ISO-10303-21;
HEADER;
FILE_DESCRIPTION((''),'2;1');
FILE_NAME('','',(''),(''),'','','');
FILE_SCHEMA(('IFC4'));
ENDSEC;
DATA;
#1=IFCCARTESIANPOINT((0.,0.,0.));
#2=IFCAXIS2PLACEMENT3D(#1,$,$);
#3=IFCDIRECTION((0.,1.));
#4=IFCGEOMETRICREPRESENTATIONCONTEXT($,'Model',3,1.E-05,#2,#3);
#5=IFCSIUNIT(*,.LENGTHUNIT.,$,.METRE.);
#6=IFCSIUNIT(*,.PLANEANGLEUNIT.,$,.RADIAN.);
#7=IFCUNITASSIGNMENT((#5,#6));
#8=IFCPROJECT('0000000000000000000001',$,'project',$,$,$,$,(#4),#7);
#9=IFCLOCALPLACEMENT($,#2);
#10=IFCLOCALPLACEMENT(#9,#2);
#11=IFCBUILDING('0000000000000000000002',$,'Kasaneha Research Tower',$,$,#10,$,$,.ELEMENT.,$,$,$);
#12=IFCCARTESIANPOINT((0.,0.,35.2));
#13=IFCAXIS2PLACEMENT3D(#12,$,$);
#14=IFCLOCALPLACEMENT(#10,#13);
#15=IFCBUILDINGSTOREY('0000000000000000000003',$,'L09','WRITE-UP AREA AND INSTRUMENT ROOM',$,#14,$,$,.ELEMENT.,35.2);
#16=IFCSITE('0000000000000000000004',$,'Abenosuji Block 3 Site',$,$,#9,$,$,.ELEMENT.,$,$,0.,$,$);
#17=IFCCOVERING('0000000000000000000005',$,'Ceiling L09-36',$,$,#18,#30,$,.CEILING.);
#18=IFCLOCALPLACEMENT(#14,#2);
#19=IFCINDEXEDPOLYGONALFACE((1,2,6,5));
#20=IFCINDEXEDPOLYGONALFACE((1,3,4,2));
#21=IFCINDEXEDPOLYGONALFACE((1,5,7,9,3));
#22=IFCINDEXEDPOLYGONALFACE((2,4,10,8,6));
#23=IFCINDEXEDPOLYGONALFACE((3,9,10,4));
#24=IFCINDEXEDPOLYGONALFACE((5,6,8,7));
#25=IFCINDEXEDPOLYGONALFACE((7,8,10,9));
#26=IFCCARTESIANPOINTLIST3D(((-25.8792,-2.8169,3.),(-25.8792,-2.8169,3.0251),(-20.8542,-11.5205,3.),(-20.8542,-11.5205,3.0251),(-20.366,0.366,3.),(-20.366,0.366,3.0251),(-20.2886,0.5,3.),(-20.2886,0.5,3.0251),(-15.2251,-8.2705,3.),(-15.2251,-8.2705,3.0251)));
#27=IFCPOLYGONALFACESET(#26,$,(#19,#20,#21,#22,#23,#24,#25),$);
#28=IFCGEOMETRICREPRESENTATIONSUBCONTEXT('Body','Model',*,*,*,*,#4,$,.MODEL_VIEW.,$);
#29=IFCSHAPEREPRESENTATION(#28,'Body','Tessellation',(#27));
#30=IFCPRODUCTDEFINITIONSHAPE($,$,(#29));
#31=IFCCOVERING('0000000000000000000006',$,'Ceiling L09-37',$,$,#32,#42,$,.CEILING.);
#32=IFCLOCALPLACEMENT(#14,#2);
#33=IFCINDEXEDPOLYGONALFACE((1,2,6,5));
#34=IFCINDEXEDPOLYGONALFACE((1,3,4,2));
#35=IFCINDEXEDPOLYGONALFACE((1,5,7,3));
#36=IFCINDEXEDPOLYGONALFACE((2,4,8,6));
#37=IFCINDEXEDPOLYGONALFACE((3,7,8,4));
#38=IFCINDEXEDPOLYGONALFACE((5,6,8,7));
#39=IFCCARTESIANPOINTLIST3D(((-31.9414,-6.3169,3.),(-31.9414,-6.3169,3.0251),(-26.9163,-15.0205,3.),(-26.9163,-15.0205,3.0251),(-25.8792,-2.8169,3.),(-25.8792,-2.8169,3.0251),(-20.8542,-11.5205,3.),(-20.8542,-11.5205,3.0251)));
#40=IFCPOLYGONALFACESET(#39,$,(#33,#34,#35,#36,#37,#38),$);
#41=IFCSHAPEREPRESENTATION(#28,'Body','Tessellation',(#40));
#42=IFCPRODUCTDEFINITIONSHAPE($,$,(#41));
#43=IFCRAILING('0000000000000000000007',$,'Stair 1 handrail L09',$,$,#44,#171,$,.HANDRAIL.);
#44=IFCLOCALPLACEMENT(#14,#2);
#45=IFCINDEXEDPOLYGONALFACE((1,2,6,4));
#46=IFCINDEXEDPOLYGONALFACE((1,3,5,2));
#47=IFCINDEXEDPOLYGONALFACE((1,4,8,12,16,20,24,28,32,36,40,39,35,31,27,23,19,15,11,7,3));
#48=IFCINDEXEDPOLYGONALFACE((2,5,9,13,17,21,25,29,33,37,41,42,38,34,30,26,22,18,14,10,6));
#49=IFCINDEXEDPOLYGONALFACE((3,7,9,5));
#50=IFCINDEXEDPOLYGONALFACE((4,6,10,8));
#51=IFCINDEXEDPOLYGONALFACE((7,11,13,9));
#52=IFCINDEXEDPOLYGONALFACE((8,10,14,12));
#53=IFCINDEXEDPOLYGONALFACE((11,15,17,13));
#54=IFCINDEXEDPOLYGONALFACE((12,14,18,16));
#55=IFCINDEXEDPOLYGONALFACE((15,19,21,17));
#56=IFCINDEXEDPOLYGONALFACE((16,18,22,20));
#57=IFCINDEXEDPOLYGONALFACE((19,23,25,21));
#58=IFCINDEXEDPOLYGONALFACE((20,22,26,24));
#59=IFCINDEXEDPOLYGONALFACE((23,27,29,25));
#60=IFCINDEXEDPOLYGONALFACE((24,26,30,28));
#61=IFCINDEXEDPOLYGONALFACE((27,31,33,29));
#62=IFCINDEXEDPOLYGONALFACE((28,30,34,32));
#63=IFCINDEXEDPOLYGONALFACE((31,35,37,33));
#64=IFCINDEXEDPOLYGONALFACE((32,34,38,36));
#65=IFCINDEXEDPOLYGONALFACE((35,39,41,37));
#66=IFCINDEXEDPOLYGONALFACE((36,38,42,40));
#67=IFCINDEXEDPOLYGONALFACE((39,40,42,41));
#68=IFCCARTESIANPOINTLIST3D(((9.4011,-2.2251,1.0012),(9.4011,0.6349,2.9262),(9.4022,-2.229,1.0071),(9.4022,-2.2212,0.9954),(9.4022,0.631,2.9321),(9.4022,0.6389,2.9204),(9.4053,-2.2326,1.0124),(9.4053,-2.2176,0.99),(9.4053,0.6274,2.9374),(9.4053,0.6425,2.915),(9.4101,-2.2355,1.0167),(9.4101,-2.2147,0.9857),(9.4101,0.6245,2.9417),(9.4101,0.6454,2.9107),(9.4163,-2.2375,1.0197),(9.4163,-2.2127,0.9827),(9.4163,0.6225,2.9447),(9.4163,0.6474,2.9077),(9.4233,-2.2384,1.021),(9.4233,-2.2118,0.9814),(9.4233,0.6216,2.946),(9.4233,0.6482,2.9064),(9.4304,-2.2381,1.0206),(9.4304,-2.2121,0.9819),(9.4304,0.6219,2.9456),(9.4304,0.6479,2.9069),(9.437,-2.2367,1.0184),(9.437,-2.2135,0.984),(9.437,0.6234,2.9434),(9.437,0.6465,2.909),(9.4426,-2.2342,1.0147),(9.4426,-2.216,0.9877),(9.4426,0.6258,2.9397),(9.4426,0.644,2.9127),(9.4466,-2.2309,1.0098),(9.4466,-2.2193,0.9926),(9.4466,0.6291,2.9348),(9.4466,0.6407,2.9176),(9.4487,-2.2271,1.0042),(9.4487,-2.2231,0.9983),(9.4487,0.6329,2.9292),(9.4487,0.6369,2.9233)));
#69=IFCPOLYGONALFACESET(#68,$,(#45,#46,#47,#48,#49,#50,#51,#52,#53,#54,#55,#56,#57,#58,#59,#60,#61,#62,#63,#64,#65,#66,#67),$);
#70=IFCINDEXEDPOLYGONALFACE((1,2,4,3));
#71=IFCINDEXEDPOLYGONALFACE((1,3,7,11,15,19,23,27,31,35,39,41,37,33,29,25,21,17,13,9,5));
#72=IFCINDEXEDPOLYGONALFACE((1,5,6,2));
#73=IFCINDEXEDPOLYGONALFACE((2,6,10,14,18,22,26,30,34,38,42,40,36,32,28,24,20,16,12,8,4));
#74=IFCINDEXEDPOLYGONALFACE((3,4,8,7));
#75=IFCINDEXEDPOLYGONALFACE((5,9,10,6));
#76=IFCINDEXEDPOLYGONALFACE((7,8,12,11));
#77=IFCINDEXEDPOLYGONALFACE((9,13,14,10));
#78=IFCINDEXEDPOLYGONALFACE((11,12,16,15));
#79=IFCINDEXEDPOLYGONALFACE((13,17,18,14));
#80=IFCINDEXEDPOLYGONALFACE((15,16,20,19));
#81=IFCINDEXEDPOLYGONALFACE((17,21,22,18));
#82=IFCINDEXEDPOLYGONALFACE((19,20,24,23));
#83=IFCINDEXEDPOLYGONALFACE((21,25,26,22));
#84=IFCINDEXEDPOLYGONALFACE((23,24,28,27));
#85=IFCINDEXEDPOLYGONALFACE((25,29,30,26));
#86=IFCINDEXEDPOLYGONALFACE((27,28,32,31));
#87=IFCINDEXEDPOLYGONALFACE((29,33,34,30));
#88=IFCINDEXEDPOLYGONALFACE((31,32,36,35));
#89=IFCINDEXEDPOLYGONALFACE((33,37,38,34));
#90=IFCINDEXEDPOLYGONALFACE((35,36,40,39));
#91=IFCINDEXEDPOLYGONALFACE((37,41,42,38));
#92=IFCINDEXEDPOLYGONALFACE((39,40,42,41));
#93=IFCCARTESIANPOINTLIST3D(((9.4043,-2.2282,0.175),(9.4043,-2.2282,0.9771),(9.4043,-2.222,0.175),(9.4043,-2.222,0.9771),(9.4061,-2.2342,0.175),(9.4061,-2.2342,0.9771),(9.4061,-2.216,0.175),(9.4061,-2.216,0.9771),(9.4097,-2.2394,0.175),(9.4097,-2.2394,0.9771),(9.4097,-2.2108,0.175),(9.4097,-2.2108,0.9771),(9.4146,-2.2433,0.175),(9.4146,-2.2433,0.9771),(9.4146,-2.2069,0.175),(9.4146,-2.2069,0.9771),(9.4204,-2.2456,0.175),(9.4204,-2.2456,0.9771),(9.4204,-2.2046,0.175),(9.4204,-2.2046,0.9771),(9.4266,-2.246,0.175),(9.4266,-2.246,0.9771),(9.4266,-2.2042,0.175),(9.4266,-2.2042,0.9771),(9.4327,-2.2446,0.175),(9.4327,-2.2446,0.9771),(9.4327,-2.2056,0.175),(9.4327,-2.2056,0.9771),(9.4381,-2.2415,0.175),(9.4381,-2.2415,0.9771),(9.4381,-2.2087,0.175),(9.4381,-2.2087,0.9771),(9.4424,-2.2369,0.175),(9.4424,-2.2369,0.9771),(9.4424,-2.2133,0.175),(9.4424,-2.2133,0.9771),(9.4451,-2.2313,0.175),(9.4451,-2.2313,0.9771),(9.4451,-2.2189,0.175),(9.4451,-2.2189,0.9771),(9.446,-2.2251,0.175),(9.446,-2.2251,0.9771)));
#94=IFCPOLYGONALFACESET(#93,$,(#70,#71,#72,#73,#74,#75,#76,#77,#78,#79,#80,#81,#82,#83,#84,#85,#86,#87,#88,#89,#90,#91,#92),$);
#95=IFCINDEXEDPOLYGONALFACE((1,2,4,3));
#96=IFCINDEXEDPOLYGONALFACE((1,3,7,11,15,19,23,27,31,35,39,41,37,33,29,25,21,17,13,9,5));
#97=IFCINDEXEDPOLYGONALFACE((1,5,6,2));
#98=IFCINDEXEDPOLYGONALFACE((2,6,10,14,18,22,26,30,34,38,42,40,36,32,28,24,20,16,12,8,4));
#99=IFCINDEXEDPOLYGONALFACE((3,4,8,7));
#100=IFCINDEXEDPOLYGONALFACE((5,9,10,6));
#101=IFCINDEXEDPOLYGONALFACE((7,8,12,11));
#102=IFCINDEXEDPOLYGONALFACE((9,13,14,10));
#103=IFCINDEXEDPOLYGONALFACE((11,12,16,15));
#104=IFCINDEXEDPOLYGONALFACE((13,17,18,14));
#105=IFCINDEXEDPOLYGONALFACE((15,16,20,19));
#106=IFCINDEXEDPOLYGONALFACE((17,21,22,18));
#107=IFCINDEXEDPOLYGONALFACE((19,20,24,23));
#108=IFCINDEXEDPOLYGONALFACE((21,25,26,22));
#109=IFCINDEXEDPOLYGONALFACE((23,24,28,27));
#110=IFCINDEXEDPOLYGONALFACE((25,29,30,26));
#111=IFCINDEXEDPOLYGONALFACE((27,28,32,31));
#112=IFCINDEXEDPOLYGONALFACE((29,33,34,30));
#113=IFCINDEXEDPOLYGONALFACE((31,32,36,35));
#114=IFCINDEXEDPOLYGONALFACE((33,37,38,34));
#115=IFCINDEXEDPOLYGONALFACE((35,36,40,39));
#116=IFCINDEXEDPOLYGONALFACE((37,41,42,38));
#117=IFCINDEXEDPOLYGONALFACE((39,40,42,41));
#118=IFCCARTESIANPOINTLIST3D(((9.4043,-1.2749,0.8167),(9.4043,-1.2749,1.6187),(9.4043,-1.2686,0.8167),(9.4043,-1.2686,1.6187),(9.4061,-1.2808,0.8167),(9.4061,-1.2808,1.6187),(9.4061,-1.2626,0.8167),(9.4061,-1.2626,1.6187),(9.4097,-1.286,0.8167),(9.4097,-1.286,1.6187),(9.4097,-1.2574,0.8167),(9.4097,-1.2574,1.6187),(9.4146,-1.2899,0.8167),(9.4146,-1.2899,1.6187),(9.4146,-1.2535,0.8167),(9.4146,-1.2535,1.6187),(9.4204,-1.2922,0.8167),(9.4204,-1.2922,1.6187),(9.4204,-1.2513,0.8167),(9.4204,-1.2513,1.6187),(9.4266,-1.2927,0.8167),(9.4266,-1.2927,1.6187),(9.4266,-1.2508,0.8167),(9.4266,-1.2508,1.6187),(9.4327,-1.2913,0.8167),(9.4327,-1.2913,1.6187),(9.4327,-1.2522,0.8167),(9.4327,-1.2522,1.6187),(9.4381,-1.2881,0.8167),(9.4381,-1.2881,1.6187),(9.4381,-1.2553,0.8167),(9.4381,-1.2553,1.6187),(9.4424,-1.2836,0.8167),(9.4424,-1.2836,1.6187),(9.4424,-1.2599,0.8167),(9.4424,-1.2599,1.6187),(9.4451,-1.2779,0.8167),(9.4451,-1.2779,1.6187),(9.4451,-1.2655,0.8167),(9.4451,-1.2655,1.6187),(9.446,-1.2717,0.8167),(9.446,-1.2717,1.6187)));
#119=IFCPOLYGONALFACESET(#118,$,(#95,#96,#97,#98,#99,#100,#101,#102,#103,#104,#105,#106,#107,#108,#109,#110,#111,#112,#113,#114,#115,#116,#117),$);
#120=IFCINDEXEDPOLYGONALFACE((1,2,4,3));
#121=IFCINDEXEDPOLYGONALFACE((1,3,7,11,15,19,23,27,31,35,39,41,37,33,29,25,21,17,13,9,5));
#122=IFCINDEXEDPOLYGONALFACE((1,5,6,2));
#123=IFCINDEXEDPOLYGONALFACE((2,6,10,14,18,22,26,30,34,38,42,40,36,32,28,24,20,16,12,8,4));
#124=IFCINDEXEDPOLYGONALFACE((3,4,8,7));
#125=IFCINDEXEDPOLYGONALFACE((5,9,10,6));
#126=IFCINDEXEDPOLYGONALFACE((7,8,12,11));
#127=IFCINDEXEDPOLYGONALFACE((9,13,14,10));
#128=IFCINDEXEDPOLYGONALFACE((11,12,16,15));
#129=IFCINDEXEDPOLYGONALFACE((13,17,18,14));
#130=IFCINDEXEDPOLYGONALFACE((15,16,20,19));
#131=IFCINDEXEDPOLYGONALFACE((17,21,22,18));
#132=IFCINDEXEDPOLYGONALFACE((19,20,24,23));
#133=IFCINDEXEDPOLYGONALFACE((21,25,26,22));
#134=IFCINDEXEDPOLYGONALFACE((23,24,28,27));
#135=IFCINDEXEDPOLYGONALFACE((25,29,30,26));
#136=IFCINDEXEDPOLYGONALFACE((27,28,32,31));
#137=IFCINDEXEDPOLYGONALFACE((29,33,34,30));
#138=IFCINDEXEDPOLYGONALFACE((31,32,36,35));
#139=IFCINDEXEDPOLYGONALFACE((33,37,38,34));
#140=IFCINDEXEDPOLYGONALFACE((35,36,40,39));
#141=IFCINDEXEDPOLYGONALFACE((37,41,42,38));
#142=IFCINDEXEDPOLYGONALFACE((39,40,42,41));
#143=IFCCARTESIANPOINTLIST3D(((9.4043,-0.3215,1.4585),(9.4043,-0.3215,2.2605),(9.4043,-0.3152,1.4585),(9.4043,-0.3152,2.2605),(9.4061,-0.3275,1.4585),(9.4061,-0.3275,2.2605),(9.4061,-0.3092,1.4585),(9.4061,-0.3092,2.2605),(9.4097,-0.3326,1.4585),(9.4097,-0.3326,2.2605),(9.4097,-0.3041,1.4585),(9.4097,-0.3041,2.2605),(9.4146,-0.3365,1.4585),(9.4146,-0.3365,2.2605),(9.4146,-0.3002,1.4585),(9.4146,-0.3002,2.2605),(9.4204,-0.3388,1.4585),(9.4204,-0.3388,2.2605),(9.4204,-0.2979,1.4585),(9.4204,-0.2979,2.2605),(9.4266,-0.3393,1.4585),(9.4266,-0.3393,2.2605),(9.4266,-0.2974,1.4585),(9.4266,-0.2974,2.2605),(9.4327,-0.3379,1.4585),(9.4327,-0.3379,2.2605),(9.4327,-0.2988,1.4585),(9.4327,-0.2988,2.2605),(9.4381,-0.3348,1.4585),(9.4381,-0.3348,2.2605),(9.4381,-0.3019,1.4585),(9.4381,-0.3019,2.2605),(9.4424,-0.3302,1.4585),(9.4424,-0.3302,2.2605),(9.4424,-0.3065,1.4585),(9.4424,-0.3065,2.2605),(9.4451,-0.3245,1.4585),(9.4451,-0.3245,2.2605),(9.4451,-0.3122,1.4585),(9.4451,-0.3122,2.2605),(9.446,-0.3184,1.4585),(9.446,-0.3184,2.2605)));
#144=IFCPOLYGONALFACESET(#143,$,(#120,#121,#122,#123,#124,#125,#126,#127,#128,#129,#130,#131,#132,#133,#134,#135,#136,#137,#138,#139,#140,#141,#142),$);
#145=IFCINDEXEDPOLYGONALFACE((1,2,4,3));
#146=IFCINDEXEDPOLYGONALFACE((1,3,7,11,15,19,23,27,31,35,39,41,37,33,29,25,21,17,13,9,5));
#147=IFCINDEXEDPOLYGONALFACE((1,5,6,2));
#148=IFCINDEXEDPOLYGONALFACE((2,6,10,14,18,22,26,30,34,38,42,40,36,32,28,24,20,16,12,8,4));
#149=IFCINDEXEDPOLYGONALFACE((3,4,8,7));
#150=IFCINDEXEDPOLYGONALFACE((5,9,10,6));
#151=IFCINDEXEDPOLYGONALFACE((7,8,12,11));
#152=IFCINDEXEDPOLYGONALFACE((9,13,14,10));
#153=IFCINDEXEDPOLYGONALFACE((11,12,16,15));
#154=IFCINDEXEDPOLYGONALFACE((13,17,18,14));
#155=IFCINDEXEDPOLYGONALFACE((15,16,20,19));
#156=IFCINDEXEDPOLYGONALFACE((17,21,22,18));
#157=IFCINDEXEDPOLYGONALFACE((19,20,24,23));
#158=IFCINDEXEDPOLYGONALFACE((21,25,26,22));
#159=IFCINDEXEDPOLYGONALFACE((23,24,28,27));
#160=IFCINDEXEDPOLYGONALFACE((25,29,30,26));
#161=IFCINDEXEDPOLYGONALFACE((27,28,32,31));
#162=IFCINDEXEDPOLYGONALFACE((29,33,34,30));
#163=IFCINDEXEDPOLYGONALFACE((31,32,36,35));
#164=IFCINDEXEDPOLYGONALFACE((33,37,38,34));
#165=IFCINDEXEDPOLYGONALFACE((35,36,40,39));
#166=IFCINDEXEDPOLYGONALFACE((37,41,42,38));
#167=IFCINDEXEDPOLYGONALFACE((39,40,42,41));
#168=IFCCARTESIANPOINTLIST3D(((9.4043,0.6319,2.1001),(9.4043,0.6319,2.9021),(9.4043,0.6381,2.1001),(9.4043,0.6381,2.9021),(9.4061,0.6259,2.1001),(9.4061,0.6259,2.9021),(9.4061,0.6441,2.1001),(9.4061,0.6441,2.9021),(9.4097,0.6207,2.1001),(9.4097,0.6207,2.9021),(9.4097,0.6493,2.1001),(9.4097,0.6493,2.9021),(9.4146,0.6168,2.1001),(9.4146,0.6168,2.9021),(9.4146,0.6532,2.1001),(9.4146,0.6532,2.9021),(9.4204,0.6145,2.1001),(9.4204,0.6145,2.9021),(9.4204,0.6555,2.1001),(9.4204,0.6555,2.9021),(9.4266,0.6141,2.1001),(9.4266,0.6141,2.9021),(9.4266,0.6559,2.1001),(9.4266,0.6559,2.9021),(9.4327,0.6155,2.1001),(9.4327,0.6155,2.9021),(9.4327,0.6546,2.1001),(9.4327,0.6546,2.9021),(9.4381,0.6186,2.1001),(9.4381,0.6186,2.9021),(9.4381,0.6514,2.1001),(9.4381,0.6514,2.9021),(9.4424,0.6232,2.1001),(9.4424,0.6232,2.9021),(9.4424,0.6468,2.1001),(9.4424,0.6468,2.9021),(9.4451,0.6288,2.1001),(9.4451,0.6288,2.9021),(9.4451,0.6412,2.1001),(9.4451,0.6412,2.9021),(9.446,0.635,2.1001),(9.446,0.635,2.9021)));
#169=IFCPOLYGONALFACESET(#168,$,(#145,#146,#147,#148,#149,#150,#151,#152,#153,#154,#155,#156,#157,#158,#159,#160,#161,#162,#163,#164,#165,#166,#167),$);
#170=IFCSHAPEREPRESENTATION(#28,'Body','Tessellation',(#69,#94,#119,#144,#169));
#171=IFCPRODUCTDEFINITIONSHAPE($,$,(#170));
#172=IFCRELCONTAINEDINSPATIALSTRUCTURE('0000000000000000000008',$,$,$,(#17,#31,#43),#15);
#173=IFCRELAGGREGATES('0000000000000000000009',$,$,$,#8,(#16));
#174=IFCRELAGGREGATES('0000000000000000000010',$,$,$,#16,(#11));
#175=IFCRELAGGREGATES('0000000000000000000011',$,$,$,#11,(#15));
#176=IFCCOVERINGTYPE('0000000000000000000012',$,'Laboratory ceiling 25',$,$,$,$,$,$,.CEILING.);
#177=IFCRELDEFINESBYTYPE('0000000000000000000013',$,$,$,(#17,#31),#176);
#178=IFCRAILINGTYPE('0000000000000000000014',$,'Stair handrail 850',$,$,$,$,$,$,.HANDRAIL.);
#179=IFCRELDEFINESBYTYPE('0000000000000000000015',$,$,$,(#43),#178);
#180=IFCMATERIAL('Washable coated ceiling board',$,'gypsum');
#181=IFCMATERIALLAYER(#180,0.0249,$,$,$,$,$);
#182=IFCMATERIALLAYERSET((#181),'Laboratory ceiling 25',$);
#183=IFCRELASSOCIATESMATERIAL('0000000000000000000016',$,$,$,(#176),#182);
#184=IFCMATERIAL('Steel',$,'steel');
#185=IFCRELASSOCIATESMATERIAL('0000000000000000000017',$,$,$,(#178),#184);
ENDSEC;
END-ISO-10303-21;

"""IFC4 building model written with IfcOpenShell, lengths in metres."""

from ifc_helpers import new_model, si_unit, direction, frame, origin, origin_2d, place, context, subcontext, project, spatial, polyline, circle, outline, extrude, material, layer, layer_set, type_object, element, save


model = new_model("IFC4")

# Units and contexts
model_context = context("Model", 3, precision=1e-05, world=origin(), true_north=direction((0.0, 1.0)))
body_context = subcontext(model_context, "Body", "Model", "MODEL_VIEW")
ifc_project = project(units=[si_unit("LENGTHUNIT", "METRE"), si_unit("PLANEANGLEUNIT", "RADIAN")], contexts=[model_context])

# Site, building, storey
site_placement = place(None, origin())
site = spatial("IfcSite", under=ifc_project, at=site_placement, Name="Abenosuji Block 3 Site", CompositionType="ELEMENT", RefElevation=0.0)
building_placement = place(site_placement, origin())
building = spatial("IfcBuilding", under=site, at=building_placement, Name="Kasaneha Research Tower", CompositionType="ELEMENT")
storey_placement = place(building_placement, frame((0.0, 0.0, 35.2)))
storey = spatial("IfcBuildingStorey", under=building, at=storey_placement, Name="L09", Description="WRITE-UP AREA AND INSTRUMENT ROOM", CompositionType="ELEMENT", Elevation=35.2)

# Coverings
ifc_material_1 = material(Name="Washable coated ceiling board", Category="gypsum")
ifc_layer_1 = layer(ifc_material_1, 0.0249)
ifc_layer_set_1 = layer_set([ifc_layer_1], Name="Laboratory ceiling 25")
covering_type = type_object("IfcCoveringType", Name="Laboratory ceiling 25", PredefinedType="CEILING", material=ifc_layer_set_1)
covering_1_placement = place(storey_placement, frame((0.0, 0.0, 3.0)))
element("IfcCovering", 1, at=covering_1_placement, inside=storey, type_object=covering_type, Name="Ceiling L09-36", PredefinedType="CEILING", context=body_context, shape_type="SweptSolid", body=[
    extrude(outline(polyline([(-25.8792, -2.8169), (-20.366, 0.366), (-20.2886, 0.5), (-15.2251, -8.2705), (-20.8542, -11.5205), (-25.8792, -2.8169)])), origin(), (0.0, 0.0, 1.0), 0.0251),
])
covering_2_placement = place(storey_placement, frame((0.0, 0.0, 3.0)))
element("IfcCovering", 2, at=covering_2_placement, inside=storey, type_object=covering_type, Name="Ceiling L09-37", PredefinedType="CEILING", context=body_context, shape_type="SweptSolid", body=[
    extrude(outline(polyline([(-31.9414, -6.3169), (-25.8792, -2.8169), (-20.8542, -11.5205), (-26.9163, -15.0205), (-31.9414, -6.3169)])), origin(), (0.0, 0.0, 1.0), 0.0251),
])

# Railing
ifc_material_2 = material(Name="Steel", Category="steel")
railing_type = type_object("IfcRailingType", Name="Stair handrail 850", PredefinedType="HANDRAIL", material=ifc_material_2)
railing_placement = place(storey_placement, frame((9.425, -2.2251, 0.175)))
element("IfcRailing", 3, at=railing_placement, inside=storey, type_object=railing_type, Name="Stair 1 handrail L09", PredefinedType="HANDRAIL", context=body_context, shape_type="SweptSolid", body=[
    extrude(circle(Radius=0.0239, at=origin_2d()), frame((0.0, 0.0, 0.8262), z_axis=(0.0, 0.829591, 0.558372), x_axis=(-1.0, 0.0, 0.0)), (0.0, 0.0, 1.0), 3.4475),
    extrude(circle(Radius=0.021, at=origin_2d()), origin(), (0.0, 0.0, 1.0), 0.802),
    extrude(circle(Radius=0.021, at=origin_2d()), frame((0.0, 0.9534, 0.6416)), (0.0, 0.0, 1.0), 0.802),
    extrude(circle(Radius=0.021, at=origin_2d()), frame((0.0, 1.9067, 1.2834)), (0.0, 0.0, 1.0), 0.802),
    extrude(circle(Radius=0.021, at=origin_2d()), frame((0.0, 2.8601, 1.925)), (0.0, 0.0, 1.0), 0.802),
])

save(model, "model.ifc")
